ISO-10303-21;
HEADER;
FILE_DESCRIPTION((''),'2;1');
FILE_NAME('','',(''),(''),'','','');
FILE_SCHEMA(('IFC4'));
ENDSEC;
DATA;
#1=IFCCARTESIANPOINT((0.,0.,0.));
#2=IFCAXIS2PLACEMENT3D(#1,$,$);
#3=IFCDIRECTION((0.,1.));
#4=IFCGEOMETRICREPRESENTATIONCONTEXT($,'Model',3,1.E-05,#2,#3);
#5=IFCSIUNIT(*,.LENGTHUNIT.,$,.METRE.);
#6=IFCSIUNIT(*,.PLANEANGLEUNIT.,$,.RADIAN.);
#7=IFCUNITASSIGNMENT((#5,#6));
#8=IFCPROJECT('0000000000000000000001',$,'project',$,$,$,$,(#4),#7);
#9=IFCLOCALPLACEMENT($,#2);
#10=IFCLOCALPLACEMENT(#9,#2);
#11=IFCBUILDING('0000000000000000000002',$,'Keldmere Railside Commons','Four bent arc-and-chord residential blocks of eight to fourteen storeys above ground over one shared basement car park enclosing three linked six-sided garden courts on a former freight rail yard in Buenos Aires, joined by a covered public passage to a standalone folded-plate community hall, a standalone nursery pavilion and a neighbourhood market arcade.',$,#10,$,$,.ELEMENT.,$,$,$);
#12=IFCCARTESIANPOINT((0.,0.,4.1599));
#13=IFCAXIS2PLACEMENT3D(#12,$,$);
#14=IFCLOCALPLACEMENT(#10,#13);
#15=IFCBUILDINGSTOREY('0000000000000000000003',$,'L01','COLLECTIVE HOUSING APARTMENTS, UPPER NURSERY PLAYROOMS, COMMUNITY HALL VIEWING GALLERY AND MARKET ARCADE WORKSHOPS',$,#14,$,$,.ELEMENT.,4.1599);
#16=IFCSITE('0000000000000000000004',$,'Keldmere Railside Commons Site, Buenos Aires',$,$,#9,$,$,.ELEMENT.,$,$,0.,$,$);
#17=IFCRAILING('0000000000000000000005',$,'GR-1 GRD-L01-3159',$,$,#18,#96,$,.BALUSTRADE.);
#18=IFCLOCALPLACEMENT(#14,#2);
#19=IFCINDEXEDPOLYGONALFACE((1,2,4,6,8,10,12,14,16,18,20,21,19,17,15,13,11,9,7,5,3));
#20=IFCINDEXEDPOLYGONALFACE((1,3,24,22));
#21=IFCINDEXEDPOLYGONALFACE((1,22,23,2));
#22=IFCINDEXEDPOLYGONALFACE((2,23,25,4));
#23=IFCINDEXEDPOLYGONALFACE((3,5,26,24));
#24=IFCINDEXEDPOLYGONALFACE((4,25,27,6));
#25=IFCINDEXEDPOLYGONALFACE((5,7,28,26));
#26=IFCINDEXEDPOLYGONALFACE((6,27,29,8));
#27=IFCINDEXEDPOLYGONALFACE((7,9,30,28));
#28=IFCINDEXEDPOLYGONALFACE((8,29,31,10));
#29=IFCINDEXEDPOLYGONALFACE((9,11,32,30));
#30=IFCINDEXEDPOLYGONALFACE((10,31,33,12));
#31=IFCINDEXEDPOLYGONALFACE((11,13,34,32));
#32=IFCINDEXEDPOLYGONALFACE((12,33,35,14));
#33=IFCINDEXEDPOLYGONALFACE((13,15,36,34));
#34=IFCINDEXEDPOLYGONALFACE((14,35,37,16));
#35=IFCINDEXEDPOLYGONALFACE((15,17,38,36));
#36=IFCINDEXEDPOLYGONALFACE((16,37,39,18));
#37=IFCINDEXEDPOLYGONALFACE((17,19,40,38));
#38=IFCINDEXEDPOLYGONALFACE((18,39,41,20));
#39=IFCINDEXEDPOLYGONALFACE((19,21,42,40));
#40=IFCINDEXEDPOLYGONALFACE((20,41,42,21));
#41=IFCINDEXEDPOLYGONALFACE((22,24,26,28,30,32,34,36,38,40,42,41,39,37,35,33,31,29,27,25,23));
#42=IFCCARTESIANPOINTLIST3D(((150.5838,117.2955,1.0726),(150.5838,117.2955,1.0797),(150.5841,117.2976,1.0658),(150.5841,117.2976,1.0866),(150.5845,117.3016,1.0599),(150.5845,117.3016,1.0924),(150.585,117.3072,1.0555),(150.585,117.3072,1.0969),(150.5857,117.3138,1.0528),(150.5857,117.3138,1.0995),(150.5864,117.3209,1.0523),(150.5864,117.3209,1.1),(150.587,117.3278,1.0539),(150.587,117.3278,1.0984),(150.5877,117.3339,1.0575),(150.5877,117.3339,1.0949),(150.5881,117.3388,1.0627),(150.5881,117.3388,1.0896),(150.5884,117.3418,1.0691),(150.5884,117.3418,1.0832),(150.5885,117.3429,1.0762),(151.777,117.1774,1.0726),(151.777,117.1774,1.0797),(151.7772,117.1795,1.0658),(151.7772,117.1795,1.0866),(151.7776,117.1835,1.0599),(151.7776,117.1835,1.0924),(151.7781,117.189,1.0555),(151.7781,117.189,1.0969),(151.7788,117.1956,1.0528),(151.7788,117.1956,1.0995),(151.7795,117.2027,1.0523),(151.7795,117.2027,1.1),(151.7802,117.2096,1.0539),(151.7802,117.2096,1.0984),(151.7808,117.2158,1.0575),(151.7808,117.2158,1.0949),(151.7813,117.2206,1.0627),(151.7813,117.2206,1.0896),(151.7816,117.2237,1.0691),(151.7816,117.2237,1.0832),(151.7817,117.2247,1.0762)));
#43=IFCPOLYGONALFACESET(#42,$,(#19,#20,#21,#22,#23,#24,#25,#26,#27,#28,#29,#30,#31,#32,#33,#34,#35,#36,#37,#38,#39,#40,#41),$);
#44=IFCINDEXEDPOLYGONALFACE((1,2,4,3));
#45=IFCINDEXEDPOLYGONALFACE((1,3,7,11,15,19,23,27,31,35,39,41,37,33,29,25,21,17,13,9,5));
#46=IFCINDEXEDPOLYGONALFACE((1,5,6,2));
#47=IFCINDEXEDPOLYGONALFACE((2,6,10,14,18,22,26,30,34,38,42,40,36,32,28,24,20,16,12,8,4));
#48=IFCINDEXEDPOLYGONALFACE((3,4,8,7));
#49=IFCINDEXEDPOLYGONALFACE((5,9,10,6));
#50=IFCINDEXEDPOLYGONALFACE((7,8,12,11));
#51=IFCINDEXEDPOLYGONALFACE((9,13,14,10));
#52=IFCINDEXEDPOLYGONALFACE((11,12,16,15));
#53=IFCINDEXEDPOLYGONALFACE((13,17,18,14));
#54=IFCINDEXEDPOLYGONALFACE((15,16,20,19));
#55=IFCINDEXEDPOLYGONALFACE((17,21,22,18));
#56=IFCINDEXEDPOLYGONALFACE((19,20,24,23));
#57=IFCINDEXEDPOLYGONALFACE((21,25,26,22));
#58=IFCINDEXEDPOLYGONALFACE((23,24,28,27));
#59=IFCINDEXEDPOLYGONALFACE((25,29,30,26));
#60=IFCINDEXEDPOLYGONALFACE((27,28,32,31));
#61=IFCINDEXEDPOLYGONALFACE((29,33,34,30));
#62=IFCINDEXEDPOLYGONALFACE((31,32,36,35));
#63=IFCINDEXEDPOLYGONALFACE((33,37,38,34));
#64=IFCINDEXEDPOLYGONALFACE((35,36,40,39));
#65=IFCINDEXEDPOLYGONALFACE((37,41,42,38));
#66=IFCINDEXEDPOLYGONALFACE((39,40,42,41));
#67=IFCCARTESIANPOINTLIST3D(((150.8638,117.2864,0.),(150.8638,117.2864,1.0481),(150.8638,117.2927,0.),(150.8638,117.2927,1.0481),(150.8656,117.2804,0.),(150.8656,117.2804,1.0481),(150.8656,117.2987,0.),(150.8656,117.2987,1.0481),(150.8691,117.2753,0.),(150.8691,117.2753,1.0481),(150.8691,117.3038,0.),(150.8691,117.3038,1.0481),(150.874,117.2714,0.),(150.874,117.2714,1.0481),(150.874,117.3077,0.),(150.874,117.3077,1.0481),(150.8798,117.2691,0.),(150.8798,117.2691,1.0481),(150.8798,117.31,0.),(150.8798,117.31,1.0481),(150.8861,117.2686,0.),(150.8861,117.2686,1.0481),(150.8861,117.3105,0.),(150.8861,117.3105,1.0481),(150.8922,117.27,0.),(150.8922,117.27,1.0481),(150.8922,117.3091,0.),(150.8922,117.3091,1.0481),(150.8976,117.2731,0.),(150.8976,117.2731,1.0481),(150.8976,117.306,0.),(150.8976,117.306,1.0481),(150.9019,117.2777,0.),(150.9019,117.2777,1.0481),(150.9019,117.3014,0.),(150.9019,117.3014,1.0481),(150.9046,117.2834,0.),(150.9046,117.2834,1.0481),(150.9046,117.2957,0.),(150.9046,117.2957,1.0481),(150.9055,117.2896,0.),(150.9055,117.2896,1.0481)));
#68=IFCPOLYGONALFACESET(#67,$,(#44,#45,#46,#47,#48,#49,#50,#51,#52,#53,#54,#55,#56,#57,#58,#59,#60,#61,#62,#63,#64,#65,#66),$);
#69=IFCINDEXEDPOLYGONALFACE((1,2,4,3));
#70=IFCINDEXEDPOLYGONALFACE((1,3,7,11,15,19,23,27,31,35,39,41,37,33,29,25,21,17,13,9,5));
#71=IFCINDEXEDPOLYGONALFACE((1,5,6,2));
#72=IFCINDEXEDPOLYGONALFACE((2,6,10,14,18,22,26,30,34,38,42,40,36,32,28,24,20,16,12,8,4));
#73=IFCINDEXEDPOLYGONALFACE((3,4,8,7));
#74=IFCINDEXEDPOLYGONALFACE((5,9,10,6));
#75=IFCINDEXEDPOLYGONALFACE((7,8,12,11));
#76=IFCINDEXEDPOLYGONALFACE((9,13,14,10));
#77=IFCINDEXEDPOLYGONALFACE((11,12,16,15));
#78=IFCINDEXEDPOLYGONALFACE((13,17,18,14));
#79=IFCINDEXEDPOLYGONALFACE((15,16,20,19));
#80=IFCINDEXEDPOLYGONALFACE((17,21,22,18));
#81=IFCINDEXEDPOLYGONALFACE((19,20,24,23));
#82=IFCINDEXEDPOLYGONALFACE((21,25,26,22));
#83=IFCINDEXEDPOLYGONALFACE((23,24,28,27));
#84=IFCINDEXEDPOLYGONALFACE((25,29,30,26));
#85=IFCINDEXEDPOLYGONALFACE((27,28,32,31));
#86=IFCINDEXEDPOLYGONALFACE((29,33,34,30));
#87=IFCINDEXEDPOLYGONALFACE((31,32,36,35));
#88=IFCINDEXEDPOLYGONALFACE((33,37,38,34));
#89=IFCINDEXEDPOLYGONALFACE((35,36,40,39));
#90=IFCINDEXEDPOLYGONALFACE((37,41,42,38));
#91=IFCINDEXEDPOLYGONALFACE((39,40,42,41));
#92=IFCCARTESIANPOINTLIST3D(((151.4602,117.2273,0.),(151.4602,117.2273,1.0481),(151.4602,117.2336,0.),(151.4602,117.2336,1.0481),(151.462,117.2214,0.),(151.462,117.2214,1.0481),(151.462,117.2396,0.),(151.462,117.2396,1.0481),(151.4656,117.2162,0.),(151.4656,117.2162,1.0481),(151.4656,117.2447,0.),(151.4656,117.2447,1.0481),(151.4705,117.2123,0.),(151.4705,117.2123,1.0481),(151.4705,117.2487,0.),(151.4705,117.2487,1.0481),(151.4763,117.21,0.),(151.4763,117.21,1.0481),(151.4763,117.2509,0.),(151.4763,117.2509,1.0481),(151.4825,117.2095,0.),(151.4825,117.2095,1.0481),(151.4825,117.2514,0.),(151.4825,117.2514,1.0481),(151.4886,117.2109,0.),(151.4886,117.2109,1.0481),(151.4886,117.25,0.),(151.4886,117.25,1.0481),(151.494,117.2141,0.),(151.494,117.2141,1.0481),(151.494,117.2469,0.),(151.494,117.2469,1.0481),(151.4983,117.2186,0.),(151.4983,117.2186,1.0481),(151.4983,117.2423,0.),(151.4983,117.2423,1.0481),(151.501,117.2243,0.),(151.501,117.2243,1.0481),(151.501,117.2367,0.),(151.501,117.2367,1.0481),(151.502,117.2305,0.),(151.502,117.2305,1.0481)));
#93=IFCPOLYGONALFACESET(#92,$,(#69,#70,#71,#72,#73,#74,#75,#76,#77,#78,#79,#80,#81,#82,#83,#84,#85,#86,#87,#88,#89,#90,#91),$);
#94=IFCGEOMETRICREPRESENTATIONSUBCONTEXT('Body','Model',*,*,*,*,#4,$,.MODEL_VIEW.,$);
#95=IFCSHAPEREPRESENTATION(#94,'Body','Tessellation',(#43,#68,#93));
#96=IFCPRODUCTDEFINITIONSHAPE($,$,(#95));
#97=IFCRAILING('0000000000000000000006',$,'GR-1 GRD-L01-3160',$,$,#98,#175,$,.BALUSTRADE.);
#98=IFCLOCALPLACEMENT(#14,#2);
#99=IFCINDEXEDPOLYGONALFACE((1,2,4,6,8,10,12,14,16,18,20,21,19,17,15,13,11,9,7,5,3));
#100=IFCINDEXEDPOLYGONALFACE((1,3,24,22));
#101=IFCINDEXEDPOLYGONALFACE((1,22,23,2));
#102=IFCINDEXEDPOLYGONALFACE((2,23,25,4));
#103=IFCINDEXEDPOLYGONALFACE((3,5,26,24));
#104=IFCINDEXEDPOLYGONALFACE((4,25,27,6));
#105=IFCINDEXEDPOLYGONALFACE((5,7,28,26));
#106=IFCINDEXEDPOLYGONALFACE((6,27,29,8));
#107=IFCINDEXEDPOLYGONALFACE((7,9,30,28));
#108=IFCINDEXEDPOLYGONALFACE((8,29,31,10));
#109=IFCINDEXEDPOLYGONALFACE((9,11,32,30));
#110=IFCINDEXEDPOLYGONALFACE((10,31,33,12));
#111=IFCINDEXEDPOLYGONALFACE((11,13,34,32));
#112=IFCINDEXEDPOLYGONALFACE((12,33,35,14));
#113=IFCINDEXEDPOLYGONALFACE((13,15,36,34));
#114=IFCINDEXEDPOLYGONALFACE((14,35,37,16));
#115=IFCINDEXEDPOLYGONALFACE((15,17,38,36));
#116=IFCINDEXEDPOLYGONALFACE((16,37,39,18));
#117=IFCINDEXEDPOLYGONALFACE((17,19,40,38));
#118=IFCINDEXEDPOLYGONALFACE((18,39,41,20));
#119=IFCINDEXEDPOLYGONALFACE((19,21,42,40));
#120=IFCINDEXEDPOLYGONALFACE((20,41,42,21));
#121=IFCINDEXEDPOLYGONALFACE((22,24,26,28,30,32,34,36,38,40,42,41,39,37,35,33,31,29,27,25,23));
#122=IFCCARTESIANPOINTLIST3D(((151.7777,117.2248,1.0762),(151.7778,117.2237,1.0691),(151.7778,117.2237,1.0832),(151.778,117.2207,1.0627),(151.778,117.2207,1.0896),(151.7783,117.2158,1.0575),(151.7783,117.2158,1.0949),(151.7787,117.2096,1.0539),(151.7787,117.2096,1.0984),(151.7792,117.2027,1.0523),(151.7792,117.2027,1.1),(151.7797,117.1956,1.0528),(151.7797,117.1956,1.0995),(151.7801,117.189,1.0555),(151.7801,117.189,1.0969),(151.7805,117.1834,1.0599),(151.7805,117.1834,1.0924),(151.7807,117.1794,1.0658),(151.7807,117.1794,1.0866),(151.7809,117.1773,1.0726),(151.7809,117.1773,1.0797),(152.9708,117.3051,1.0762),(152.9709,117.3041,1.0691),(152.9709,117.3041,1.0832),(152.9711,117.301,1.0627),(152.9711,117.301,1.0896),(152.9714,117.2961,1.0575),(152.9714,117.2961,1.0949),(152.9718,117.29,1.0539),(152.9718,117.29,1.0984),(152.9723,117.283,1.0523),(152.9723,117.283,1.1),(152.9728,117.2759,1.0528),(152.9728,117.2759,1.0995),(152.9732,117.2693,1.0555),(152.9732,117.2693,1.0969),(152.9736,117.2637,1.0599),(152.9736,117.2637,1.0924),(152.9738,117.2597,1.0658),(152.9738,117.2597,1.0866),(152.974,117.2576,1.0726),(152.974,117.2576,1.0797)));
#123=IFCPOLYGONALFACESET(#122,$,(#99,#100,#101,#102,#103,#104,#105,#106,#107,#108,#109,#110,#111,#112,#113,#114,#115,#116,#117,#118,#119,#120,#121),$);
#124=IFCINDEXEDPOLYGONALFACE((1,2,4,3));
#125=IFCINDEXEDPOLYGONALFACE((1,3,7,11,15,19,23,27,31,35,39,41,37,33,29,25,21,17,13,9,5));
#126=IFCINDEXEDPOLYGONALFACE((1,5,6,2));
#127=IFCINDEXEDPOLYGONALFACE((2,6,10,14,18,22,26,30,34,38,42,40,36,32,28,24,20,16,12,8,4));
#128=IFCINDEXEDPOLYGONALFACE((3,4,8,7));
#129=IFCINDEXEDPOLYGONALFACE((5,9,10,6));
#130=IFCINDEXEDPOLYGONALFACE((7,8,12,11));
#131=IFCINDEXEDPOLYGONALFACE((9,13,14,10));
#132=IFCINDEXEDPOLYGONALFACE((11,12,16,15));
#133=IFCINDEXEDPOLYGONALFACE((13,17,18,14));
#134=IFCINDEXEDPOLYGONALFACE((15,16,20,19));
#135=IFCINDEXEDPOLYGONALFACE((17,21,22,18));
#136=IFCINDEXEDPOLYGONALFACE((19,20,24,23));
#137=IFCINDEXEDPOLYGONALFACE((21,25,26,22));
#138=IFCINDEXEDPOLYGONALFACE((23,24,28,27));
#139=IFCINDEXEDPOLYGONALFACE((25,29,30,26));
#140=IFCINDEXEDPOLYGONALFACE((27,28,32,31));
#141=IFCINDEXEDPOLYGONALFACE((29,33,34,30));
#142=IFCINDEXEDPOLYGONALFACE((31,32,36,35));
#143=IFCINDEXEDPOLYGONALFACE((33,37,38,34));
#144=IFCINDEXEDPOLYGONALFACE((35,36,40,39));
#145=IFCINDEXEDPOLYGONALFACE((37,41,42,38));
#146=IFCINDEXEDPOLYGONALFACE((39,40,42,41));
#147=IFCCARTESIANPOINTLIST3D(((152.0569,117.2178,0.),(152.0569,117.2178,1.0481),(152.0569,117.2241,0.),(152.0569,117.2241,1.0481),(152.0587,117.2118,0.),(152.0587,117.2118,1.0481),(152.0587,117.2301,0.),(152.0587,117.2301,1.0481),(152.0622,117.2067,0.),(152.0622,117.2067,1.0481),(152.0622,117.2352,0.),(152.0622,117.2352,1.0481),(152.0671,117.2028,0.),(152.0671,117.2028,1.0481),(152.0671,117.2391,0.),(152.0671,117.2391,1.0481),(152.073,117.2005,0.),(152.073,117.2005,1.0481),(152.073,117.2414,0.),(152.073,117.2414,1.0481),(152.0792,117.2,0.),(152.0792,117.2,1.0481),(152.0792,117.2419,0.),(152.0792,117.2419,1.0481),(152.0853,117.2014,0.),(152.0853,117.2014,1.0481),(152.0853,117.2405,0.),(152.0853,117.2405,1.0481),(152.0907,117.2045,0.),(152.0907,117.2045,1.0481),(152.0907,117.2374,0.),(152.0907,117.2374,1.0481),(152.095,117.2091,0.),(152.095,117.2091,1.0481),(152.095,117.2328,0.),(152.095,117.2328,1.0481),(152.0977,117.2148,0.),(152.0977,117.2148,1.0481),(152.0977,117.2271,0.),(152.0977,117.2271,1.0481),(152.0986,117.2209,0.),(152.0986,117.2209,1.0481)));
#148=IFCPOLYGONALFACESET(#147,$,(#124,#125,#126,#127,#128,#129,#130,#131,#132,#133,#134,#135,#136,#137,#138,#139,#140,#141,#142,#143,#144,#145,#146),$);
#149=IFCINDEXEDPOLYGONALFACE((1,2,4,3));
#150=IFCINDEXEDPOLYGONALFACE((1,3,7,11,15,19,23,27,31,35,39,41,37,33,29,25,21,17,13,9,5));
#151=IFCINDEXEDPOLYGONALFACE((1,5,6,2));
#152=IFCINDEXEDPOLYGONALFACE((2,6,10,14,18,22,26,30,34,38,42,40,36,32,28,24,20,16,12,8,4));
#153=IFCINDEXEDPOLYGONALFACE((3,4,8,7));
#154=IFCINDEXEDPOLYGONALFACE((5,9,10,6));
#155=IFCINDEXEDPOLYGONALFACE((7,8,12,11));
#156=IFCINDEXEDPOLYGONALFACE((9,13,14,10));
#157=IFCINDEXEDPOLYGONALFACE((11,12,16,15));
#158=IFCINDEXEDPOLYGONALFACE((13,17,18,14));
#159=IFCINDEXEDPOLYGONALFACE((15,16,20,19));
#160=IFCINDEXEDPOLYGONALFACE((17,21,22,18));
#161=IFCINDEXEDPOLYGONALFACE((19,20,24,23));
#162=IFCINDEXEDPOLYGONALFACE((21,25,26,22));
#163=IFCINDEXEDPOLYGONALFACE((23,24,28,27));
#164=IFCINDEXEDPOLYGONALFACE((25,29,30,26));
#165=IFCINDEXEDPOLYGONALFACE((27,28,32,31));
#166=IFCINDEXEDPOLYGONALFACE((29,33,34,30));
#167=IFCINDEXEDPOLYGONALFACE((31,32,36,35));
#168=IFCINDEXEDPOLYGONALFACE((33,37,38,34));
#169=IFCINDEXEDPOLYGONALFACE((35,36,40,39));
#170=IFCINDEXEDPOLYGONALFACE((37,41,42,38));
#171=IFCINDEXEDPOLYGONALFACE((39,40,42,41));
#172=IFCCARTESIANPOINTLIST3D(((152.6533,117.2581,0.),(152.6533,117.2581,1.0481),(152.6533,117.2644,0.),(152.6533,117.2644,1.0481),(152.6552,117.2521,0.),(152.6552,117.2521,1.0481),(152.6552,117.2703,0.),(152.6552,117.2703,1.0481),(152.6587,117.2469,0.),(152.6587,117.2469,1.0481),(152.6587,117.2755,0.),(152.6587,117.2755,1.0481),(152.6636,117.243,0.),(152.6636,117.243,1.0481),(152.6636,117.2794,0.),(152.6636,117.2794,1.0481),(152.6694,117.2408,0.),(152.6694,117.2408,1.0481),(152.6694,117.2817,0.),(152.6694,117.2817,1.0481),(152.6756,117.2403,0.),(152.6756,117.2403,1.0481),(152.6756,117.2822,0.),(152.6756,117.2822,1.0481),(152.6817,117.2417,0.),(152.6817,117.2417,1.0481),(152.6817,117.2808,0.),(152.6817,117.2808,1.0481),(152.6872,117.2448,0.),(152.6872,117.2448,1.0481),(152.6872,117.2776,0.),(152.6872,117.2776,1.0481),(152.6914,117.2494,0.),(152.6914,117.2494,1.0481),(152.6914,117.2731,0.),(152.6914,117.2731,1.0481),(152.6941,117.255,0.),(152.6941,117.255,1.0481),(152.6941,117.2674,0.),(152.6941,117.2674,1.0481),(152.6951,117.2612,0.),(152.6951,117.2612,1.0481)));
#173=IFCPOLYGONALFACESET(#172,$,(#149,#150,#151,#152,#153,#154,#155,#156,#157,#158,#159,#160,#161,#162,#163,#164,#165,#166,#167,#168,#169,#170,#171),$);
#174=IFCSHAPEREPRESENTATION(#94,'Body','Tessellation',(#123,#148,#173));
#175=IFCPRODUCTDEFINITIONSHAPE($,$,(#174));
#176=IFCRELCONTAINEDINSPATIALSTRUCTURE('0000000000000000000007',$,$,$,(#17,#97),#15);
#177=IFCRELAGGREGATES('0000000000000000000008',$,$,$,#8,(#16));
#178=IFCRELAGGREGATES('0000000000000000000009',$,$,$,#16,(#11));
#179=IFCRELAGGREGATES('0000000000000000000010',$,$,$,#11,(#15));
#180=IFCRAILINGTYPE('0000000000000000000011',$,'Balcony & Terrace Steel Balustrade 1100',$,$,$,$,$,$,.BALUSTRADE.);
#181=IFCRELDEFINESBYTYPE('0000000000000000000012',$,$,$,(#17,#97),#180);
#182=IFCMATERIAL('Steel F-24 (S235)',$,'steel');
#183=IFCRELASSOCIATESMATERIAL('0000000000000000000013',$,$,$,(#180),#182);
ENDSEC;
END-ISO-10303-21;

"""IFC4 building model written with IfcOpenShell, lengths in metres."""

from ifc_helpers import new_model, si_unit, direction, frame, origin, origin_2d, place, context, subcontext, project, spatial, circle, extrude, material, type_object, element, save


model = new_model("IFC4")

# Units and contexts
model_context = context("Model", 3, precision=1e-05, world=origin(), true_north=direction((0.0, 1.0)))
body_context = subcontext(model_context, "Body", "Model", "MODEL_VIEW")
ifc_project = project(units=[si_unit("LENGTHUNIT", "METRE"), si_unit("PLANEANGLEUNIT", "RADIAN")], contexts=[model_context])

# Site, building, storey
site_placement = place(None, origin())
site = spatial("IfcSite", under=ifc_project, at=site_placement, Name="Keldmere Railside Commons Site, Buenos Aires", CompositionType="ELEMENT", RefElevation=0.0)
building_placement = place(site_placement, origin())
building = spatial("IfcBuilding", under=site, at=building_placement, Name="Keldmere Railside Commons", Description="Four bent arc-and-chord residential blocks of eight to fourteen storeys above ground over one shared basement car park enclosing three linked six-sided garden courts on a former freight rail yard in Buenos Aires, joined by a covered public passage to a standalone folded-plate community hall, a standalone nursery pavilion and a neighbourhood market arcade.", CompositionType="ELEMENT")
storey_placement = place(building_placement, frame((0.0, 0.0, 4.1599)))
storey = spatial("IfcBuildingStorey", under=building, at=storey_placement, Name="L01", Description="COLLECTIVE HOUSING APARTMENTS, UPPER NURSERY PLAYROOMS, COMMUNITY HALL VIEWING GALLERY AND MARKET ARCADE WORKSHOPS", CompositionType="ELEMENT", Elevation=4.1599)

# Railings
ifc_material_1 = material(Name="Steel F-24 (S235)", Category="steel")
railing_type = type_object("IfcRailingType", Name="Balcony & Terrace Steel Balustrade 1100", PredefinedType="BALUSTRADE", material=ifc_material_1)
railing_1_placement = place(storey_placement, frame((150.5862, 117.3191, 0.0)))
element("IfcRailing", 1, at=railing_1_placement, inside=storey, type_object=railing_type, Name="GR-1 GRD-L01-3159", PredefinedType="BALUSTRADE", context=body_context, shape_type="SweptSolid", body=[
    extrude(circle(Radius=0.0239, at=origin_2d()), frame((0.0, 0.0, 1.0762), z_axis=(0.995131, -0.098556, 0.0), x_axis=(0.098556, 0.995131, 0.0)), (0.0, 0.0, 1.0), 1.199),
    extrude(circle(Radius=0.021, at=origin_2d()), frame((0.2983, -0.0295, 0.0)), (0.0, 0.0, 1.0), 1.0481),
    extrude(circle(Radius=0.021, at=origin_2d()), frame((0.8948, -0.0886, 0.0)), (0.0, 0.0, 1.0), 1.0481),
])
railing_2_placement = place(storey_placement, frame((151.7793, 117.2009, 0.0)))
element("IfcRailing", 2, at=railing_2_placement, inside=storey, type_object=railing_type, Name="GR-1 GRD-L01-3160", PredefinedType="BALUSTRADE", context=body_context, shape_type="SweptSolid", body=[
    extrude(circle(Radius=0.0239, at=origin_2d()), frame((0.0, 0.0, 1.0762), z_axis=(0.997742, 0.067169, 0.0), x_axis=(-0.067169, 0.997742, 0.0)), (0.0, 0.0, 1.0), 1.1958),
    extrude(circle(Radius=0.021, at=origin_2d()), frame((0.2983, 0.02, 0.0)), (0.0, 0.0, 1.0), 1.0481),
    extrude(circle(Radius=0.021, at=origin_2d()), frame((0.8948, 0.0603, 0.0)), (0.0, 0.0, 1.0), 1.0481),
])

save(model, "model.ifc")
